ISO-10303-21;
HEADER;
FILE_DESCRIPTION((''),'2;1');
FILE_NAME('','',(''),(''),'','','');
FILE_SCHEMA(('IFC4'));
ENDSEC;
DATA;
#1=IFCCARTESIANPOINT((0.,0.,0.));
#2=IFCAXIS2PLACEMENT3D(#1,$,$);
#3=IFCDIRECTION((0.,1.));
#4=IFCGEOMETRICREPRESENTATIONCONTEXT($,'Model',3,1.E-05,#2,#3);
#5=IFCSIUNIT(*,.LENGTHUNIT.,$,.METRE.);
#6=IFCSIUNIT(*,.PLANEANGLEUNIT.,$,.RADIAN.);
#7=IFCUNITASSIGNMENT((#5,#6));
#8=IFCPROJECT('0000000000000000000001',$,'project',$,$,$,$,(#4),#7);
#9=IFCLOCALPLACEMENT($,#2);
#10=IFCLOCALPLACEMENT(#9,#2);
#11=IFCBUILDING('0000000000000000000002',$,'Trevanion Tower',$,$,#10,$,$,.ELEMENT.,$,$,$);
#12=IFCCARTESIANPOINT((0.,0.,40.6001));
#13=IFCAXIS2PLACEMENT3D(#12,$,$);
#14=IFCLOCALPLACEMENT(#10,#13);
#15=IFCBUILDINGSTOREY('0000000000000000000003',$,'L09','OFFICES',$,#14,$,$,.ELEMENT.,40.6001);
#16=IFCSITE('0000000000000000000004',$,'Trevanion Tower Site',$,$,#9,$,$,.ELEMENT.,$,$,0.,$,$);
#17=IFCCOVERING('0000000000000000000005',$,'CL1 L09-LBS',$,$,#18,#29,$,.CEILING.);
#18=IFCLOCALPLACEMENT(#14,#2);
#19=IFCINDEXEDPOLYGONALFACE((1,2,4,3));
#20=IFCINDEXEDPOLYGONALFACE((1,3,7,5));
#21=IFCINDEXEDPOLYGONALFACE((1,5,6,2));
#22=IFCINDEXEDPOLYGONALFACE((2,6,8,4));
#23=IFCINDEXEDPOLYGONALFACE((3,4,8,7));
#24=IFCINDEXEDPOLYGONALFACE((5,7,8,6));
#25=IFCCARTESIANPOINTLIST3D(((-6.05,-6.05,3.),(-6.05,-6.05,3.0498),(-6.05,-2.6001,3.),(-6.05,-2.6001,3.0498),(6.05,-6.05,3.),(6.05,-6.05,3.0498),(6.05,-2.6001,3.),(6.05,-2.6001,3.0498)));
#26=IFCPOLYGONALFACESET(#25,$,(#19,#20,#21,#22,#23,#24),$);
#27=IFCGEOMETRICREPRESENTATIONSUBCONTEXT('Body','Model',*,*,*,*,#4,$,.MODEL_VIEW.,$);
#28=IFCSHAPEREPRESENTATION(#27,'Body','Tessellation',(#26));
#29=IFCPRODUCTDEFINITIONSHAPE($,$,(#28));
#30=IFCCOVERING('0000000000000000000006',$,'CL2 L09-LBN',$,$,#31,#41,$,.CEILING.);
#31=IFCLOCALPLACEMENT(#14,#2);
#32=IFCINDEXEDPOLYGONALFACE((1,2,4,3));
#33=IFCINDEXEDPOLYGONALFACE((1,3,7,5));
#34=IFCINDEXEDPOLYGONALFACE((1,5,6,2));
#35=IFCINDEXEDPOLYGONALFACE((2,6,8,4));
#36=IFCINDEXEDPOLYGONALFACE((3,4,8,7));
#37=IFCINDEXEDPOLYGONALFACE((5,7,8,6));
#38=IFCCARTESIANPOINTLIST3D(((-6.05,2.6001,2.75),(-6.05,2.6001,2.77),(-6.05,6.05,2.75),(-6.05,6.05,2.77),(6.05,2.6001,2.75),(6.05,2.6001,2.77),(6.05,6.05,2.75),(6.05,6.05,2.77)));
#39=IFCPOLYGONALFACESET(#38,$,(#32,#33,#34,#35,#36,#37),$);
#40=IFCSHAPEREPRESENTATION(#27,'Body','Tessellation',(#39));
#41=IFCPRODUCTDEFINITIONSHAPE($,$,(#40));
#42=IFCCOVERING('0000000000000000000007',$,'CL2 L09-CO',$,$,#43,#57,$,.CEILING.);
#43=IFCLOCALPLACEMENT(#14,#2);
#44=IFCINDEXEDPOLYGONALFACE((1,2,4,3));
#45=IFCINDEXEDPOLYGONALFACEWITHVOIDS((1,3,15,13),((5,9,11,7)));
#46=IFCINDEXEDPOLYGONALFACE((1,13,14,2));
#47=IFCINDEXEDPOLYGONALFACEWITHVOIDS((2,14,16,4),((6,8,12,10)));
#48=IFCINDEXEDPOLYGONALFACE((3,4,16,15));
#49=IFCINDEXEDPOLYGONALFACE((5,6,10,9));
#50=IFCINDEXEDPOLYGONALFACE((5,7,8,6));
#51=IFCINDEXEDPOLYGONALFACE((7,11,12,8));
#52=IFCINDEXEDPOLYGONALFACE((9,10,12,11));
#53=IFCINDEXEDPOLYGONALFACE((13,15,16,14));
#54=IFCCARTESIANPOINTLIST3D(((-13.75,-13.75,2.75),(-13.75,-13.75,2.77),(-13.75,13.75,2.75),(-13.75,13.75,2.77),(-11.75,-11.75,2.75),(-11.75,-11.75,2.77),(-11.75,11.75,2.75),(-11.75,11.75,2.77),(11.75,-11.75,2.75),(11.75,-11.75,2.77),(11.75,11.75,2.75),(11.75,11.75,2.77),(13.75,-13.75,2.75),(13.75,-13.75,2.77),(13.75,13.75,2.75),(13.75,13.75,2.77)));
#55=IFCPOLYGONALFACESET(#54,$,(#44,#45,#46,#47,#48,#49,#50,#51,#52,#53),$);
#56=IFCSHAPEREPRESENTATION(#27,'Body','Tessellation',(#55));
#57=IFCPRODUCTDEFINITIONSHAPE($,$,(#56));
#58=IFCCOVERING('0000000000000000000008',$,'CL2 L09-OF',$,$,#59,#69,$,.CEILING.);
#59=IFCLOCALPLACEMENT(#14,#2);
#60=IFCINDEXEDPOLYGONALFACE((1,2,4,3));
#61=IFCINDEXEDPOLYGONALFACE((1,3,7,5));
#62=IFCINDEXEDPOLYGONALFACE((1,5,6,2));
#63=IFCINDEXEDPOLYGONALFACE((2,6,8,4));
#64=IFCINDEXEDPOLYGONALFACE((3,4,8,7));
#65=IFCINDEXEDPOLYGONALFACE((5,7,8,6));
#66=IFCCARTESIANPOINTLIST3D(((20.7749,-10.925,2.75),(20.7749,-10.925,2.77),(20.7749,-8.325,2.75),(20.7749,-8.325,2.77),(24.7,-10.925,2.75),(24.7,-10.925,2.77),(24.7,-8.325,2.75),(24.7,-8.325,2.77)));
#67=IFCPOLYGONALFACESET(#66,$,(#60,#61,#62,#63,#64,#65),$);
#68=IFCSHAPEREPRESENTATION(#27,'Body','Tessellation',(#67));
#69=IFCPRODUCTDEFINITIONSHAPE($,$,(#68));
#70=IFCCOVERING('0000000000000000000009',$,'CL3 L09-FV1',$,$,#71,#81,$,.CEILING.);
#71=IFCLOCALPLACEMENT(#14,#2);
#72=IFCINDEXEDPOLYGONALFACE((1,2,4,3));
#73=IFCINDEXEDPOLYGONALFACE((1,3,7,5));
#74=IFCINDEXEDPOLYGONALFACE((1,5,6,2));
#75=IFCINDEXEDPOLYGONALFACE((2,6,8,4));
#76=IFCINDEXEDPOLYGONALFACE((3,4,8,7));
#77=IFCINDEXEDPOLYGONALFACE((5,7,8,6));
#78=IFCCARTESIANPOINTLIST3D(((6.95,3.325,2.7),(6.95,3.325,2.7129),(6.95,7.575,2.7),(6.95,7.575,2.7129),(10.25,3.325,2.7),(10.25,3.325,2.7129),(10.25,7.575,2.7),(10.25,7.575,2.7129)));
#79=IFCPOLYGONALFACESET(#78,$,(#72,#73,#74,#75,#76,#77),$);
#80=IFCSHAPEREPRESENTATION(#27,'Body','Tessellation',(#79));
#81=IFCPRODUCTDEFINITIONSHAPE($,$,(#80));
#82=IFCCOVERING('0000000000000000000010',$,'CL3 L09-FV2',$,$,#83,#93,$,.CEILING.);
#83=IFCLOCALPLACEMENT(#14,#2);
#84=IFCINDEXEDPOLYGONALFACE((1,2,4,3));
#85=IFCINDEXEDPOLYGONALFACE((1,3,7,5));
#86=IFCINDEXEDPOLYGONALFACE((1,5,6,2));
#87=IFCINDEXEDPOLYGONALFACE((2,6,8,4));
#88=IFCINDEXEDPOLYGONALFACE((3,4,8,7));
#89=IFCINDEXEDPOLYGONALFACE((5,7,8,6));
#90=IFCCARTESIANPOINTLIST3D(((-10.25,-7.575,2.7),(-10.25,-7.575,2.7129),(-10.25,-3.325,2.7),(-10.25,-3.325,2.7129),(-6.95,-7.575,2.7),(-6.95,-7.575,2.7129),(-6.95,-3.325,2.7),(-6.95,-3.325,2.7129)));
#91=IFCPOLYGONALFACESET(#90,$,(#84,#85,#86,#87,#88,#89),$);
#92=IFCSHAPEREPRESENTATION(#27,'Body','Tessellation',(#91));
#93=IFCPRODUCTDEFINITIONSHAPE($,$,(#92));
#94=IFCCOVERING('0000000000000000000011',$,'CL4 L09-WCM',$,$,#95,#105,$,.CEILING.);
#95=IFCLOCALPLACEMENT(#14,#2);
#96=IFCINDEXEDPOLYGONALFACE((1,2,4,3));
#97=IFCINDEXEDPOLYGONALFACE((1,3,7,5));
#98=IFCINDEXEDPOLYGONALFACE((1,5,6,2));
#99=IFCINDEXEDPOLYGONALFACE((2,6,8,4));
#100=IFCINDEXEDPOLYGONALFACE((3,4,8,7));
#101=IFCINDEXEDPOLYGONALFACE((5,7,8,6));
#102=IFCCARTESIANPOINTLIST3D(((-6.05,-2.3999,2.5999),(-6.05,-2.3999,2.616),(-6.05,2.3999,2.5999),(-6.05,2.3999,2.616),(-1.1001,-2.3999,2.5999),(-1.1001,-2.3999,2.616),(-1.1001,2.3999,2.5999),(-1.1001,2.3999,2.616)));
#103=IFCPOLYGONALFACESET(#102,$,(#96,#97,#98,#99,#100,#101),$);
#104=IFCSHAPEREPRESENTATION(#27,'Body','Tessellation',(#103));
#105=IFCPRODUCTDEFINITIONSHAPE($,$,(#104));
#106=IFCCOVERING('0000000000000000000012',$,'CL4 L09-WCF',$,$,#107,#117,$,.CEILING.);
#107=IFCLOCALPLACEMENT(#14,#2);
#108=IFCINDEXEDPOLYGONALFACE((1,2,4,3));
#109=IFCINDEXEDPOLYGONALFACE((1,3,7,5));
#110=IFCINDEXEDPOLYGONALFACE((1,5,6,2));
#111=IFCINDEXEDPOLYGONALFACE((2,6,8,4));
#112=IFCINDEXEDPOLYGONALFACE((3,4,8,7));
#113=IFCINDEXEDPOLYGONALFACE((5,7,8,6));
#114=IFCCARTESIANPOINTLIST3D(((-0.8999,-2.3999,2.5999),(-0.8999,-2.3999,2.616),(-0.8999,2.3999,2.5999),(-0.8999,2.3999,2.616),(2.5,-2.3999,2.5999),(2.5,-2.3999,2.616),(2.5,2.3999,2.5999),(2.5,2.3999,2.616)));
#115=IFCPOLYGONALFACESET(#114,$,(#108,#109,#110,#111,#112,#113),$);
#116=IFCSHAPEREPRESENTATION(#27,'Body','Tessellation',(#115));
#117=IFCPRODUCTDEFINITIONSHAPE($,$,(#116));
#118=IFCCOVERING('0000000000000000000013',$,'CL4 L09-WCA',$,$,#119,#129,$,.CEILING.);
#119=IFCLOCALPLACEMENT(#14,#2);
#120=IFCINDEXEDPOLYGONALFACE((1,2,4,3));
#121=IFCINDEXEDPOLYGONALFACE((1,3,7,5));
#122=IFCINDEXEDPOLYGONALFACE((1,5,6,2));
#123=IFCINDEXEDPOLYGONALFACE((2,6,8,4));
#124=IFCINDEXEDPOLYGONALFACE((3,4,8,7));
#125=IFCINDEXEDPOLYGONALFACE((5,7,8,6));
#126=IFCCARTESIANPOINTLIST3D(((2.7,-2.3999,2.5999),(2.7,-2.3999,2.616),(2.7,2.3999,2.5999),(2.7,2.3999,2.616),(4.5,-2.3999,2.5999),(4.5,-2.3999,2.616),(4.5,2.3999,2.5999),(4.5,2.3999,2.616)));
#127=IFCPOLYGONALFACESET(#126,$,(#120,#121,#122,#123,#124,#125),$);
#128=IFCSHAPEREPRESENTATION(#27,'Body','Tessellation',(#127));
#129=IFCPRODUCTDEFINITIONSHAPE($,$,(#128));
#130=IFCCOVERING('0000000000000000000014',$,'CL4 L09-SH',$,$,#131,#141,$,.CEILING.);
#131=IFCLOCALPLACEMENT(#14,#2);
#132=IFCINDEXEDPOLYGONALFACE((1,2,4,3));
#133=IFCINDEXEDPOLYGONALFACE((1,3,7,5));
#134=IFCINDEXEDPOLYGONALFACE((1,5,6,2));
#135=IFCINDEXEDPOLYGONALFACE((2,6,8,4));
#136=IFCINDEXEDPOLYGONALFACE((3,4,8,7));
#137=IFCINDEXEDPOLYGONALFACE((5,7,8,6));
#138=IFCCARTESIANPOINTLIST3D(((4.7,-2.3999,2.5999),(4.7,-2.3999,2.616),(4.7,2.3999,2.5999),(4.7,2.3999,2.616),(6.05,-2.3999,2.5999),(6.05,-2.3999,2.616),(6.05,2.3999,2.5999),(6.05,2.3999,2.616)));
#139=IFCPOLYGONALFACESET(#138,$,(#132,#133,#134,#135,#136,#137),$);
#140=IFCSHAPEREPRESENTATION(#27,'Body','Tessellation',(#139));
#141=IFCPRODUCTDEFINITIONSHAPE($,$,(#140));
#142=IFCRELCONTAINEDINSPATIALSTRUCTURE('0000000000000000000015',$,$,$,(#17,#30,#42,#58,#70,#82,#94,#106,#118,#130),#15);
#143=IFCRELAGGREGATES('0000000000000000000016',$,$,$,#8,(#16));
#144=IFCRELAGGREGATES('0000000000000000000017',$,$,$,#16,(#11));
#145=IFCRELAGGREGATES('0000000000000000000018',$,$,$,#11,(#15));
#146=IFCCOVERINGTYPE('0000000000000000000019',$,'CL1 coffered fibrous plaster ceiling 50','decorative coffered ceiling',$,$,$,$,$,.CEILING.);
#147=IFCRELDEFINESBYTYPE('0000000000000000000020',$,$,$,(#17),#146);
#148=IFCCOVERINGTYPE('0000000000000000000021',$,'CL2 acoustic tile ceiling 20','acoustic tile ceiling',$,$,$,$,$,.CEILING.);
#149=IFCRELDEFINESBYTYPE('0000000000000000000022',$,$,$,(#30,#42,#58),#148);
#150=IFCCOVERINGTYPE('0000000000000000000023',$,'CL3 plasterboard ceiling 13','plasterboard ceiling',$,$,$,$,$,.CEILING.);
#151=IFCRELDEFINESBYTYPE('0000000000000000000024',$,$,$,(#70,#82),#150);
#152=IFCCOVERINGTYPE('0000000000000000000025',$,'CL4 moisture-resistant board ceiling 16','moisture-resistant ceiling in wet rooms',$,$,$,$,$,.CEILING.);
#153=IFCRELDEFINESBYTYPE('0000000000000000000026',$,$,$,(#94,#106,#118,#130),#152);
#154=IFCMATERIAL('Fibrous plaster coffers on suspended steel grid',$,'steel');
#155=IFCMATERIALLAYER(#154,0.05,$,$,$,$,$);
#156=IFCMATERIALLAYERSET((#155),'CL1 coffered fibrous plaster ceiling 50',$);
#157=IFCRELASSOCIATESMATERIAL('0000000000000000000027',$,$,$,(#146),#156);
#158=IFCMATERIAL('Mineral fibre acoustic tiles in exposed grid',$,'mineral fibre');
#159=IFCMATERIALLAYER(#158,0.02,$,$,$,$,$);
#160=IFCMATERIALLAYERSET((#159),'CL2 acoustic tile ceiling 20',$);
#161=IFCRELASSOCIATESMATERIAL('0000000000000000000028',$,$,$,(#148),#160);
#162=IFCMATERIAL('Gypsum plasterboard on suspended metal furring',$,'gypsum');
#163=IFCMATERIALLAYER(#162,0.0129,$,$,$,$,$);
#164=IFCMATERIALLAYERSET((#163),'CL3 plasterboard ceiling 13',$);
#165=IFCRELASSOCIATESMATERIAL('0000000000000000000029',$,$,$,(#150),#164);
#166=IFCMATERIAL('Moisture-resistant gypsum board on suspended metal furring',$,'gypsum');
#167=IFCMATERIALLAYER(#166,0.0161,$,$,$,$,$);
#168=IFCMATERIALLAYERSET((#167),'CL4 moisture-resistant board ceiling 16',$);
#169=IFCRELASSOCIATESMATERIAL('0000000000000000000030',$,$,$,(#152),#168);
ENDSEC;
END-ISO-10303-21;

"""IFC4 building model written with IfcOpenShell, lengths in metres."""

from ifc_helpers import new_model, si_unit, direction, frame, origin, place, context, subcontext, project, spatial, polyline, outline, extrude, material, layer, layer_set, type_object, element, save


model = new_model("IFC4")

# Units and contexts
model_context = context("Model", 3, precision=1e-05, world=origin(), true_north=direction((0.0, 1.0)))
body_context = subcontext(model_context, "Body", "Model", "MODEL_VIEW")
ifc_project = project(units=[si_unit("LENGTHUNIT", "METRE"), si_unit("PLANEANGLEUNIT", "RADIAN")], contexts=[model_context])

# Site, building, storey
site_placement = place(None, origin())
site = spatial("IfcSite", under=ifc_project, at=site_placement, Name="Trevanion Tower Site", CompositionType="ELEMENT", RefElevation=0.0)
building_placement = place(site_placement, origin())
building = spatial("IfcBuilding", under=site, at=building_placement, Name="Trevanion Tower", CompositionType="ELEMENT")
storey_placement = place(building_placement, frame((0.0, 0.0, 40.6001)))
storey = spatial("IfcBuildingStorey", under=building, at=storey_placement, Name="L09", Description="OFFICES", CompositionType="ELEMENT", Elevation=40.6001)

# Coverings
ifc_material_1 = material(Name="Fibrous plaster coffers on suspended steel grid", Category="steel")
ifc_layer_1 = layer(ifc_material_1, 0.05)
ifc_layer_set_1 = layer_set([ifc_layer_1], Name="CL1 coffered fibrous plaster ceiling 50")
covering_type_1 = type_object("IfcCoveringType", Name="CL1 coffered fibrous plaster ceiling 50", Description="decorative coffered ceiling", PredefinedType="CEILING", material=ifc_layer_set_1)
covering_1_placement = place(storey_placement, frame((0.0, 0.0, 3.0)))
element("IfcCovering", 1, at=covering_1_placement, inside=storey, type_object=covering_type_1, Name="CL1 L09-LBS", PredefinedType="CEILING", context=body_context, shape_type="SweptSolid", body=[
    extrude(outline(polyline([(6.05, -6.05), (6.05, -2.6001), (-6.05, -2.6001), (-6.05, -6.05), (6.05, -6.05)])), origin(), (0.0, 0.0, 1.0), 0.0498),
])
ifc_material_2 = material(Name="Mineral fibre acoustic tiles in exposed grid", Category="mineral fibre")
ifc_layer_2 = layer(ifc_material_2, 0.02)
ifc_layer_set_2 = layer_set([ifc_layer_2], Name="CL2 acoustic tile ceiling 20")
covering_type_2 = type_object("IfcCoveringType", Name="CL2 acoustic tile ceiling 20", Description="acoustic tile ceiling", PredefinedType="CEILING", material=ifc_layer_set_2)
covering_2_placement = place(storey_placement, frame((0.0, 0.0, 2.75)))
element("IfcCovering", 2, at=covering_2_placement, inside=storey, type_object=covering_type_2, Name="CL2 L09-LBN", PredefinedType="CEILING", context=body_context, shape_type="SweptSolid", body=[
    extrude(outline(polyline([(6.05, 2.6001), (6.05, 6.05), (-6.05, 6.05), (-6.05, 2.6001), (6.05, 2.6001)])), origin(), (0.0, 0.0, 1.0), 0.02),
])
covering_3_placement = place(storey_placement, frame((0.0, 0.0, 2.75)))
element("IfcCovering", 3, at=covering_3_placement, inside=storey, type_object=covering_type_2, Name="CL2 L09-CO", PredefinedType="CEILING", context=body_context, shape_type="SweptSolid", body=[
    extrude(outline(polyline([(-13.75, 13.75), (13.75, 13.75), (13.75, -13.75), (-13.75, -13.75), (-13.75, 13.75)]), holes=[polyline([(-11.75, 11.75), (-11.75, -11.75), (11.75, -11.75), (11.75, 11.75), (-11.75, 11.75)])]), origin(), (0.0, 0.0, 1.0), 0.02),
])
covering_4_placement = place(storey_placement, frame((0.0, 0.0, 2.75)))
element("IfcCovering", 4, at=covering_4_placement, inside=storey, type_object=covering_type_2, Name="CL2 L09-OF", PredefinedType="CEILING", context=body_context, shape_type="SweptSolid", body=[
    extrude(outline(polyline([(20.7749, -10.925), (20.7749, -8.325), (24.7, -8.325), (24.7, -10.925), (20.7749, -10.925)])), origin(), (0.0, 0.0, 1.0), 0.02),
])
ifc_material_3 = material(Name="Gypsum plasterboard on suspended metal furring", Category="gypsum")
ifc_layer_3 = layer(ifc_material_3, 0.0129)
ifc_layer_set_3 = layer_set([ifc_layer_3], Name="CL3 plasterboard ceiling 13")
covering_type_3 = type_object("IfcCoveringType", Name="CL3 plasterboard ceiling 13", Description="plasterboard ceiling", PredefinedType="CEILING", material=ifc_layer_set_3)
covering_5_placement = place(storey_placement, frame((0.0, 0.0, 2.7)))
element("IfcCovering", 5, at=covering_5_placement, inside=storey, type_object=covering_type_3, Name="CL3 L09-FV1", PredefinedType="CEILING", context=body_context, shape_type="SweptSolid", body=[
    extrude(outline(polyline([(10.25, 3.325), (10.25, 7.575), (6.95, 7.575), (6.95, 3.325), (10.25, 3.325)])), origin(), (0.0, 0.0, 1.0), 0.0129),
])
covering_6_placement = place(storey_placement, frame((0.0, 0.0, 2.7)))
element("IfcCovering", 6, at=covering_6_placement, inside=storey, type_object=covering_type_3, Name="CL3 L09-FV2", PredefinedType="CEILING", context=body_context, shape_type="SweptSolid", body=[
    extrude(outline(polyline([(-10.25, -3.325), (-10.25, -7.575), (-6.95, -7.575), (-6.95, -3.325), (-10.25, -3.325)])), origin(), (0.0, 0.0, 1.0), 0.0129),
])
ifc_material_4 = material(Name="Moisture-resistant gypsum board on suspended metal furring", Category="gypsum")
ifc_layer_4 = layer(ifc_material_4, 0.0161)
ifc_layer_set_4 = layer_set([ifc_layer_4], Name="CL4 moisture-resistant board ceiling 16")
covering_type_4 = type_object("IfcCoveringType", Name="CL4 moisture-resistant board ceiling 16", Description="moisture-resistant ceiling in wet rooms", PredefinedType="CEILING", material=ifc_layer_set_4)
covering_7_placement = place(storey_placement, frame((0.0, 0.0, 2.5999)))
element("IfcCovering", 7, at=covering_7_placement, inside=storey, type_object=covering_type_4, Name="CL4 L09-WCM", PredefinedType="CEILING", context=body_context, shape_type="SweptSolid", body=[
    extrude(outline(polyline([(-1.1001, -2.3999), (-1.1001, 2.3999), (-6.05, 2.3999), (-6.05, -2.3999), (-1.1001, -2.3999)])), origin(), (0.0, 0.0, 1.0), 0.0161),
])
covering_8_placement = place(storey_placement, frame((0.0, 0.0, 2.5999)))
element("IfcCovering", 8, at=covering_8_placement, inside=storey, type_object=covering_type_4, Name="CL4 L09-WCF", PredefinedType="CEILING", context=body_context, shape_type="SweptSolid", body=[
    extrude(outline(polyline([(2.5, -2.3999), (2.5, 2.3999), (-0.8999, 2.3999), (-0.8999, -2.3999), (2.5, -2.3999)])), origin(), (0.0, 0.0, 1.0), 0.0161),
])
covering_9_placement = place(storey_placement, frame((0.0, 0.0, 2.5999)))
element("IfcCovering", 9, at=covering_9_placement, inside=storey, type_object=covering_type_4, Name="CL4 L09-WCA", PredefinedType="CEILING", context=body_context, shape_type="SweptSolid", body=[
    extrude(outline(polyline([(4.5, -2.3999), (4.5, 2.3999), (2.7, 2.3999), (2.7, -2.3999), (4.5, -2.3999)])), origin(), (0.0, 0.0, 1.0), 0.0161),
])
covering_10_placement = place(storey_placement, frame((0.0, 0.0, 2.5999)))
element("IfcCovering", 10, at=covering_10_placement, inside=storey, type_object=covering_type_4, Name="CL4 L09-SH", PredefinedType="CEILING", context=body_context, shape_type="SweptSolid", body=[
    extrude(outline(polyline([(6.05, -2.3999), (6.05, 2.3999), (4.7, 2.3999), (4.7, -2.3999), (6.05, -2.3999)])), origin(), (0.0, 0.0, 1.0), 0.0161),
])

save(model, "model.ifc")
